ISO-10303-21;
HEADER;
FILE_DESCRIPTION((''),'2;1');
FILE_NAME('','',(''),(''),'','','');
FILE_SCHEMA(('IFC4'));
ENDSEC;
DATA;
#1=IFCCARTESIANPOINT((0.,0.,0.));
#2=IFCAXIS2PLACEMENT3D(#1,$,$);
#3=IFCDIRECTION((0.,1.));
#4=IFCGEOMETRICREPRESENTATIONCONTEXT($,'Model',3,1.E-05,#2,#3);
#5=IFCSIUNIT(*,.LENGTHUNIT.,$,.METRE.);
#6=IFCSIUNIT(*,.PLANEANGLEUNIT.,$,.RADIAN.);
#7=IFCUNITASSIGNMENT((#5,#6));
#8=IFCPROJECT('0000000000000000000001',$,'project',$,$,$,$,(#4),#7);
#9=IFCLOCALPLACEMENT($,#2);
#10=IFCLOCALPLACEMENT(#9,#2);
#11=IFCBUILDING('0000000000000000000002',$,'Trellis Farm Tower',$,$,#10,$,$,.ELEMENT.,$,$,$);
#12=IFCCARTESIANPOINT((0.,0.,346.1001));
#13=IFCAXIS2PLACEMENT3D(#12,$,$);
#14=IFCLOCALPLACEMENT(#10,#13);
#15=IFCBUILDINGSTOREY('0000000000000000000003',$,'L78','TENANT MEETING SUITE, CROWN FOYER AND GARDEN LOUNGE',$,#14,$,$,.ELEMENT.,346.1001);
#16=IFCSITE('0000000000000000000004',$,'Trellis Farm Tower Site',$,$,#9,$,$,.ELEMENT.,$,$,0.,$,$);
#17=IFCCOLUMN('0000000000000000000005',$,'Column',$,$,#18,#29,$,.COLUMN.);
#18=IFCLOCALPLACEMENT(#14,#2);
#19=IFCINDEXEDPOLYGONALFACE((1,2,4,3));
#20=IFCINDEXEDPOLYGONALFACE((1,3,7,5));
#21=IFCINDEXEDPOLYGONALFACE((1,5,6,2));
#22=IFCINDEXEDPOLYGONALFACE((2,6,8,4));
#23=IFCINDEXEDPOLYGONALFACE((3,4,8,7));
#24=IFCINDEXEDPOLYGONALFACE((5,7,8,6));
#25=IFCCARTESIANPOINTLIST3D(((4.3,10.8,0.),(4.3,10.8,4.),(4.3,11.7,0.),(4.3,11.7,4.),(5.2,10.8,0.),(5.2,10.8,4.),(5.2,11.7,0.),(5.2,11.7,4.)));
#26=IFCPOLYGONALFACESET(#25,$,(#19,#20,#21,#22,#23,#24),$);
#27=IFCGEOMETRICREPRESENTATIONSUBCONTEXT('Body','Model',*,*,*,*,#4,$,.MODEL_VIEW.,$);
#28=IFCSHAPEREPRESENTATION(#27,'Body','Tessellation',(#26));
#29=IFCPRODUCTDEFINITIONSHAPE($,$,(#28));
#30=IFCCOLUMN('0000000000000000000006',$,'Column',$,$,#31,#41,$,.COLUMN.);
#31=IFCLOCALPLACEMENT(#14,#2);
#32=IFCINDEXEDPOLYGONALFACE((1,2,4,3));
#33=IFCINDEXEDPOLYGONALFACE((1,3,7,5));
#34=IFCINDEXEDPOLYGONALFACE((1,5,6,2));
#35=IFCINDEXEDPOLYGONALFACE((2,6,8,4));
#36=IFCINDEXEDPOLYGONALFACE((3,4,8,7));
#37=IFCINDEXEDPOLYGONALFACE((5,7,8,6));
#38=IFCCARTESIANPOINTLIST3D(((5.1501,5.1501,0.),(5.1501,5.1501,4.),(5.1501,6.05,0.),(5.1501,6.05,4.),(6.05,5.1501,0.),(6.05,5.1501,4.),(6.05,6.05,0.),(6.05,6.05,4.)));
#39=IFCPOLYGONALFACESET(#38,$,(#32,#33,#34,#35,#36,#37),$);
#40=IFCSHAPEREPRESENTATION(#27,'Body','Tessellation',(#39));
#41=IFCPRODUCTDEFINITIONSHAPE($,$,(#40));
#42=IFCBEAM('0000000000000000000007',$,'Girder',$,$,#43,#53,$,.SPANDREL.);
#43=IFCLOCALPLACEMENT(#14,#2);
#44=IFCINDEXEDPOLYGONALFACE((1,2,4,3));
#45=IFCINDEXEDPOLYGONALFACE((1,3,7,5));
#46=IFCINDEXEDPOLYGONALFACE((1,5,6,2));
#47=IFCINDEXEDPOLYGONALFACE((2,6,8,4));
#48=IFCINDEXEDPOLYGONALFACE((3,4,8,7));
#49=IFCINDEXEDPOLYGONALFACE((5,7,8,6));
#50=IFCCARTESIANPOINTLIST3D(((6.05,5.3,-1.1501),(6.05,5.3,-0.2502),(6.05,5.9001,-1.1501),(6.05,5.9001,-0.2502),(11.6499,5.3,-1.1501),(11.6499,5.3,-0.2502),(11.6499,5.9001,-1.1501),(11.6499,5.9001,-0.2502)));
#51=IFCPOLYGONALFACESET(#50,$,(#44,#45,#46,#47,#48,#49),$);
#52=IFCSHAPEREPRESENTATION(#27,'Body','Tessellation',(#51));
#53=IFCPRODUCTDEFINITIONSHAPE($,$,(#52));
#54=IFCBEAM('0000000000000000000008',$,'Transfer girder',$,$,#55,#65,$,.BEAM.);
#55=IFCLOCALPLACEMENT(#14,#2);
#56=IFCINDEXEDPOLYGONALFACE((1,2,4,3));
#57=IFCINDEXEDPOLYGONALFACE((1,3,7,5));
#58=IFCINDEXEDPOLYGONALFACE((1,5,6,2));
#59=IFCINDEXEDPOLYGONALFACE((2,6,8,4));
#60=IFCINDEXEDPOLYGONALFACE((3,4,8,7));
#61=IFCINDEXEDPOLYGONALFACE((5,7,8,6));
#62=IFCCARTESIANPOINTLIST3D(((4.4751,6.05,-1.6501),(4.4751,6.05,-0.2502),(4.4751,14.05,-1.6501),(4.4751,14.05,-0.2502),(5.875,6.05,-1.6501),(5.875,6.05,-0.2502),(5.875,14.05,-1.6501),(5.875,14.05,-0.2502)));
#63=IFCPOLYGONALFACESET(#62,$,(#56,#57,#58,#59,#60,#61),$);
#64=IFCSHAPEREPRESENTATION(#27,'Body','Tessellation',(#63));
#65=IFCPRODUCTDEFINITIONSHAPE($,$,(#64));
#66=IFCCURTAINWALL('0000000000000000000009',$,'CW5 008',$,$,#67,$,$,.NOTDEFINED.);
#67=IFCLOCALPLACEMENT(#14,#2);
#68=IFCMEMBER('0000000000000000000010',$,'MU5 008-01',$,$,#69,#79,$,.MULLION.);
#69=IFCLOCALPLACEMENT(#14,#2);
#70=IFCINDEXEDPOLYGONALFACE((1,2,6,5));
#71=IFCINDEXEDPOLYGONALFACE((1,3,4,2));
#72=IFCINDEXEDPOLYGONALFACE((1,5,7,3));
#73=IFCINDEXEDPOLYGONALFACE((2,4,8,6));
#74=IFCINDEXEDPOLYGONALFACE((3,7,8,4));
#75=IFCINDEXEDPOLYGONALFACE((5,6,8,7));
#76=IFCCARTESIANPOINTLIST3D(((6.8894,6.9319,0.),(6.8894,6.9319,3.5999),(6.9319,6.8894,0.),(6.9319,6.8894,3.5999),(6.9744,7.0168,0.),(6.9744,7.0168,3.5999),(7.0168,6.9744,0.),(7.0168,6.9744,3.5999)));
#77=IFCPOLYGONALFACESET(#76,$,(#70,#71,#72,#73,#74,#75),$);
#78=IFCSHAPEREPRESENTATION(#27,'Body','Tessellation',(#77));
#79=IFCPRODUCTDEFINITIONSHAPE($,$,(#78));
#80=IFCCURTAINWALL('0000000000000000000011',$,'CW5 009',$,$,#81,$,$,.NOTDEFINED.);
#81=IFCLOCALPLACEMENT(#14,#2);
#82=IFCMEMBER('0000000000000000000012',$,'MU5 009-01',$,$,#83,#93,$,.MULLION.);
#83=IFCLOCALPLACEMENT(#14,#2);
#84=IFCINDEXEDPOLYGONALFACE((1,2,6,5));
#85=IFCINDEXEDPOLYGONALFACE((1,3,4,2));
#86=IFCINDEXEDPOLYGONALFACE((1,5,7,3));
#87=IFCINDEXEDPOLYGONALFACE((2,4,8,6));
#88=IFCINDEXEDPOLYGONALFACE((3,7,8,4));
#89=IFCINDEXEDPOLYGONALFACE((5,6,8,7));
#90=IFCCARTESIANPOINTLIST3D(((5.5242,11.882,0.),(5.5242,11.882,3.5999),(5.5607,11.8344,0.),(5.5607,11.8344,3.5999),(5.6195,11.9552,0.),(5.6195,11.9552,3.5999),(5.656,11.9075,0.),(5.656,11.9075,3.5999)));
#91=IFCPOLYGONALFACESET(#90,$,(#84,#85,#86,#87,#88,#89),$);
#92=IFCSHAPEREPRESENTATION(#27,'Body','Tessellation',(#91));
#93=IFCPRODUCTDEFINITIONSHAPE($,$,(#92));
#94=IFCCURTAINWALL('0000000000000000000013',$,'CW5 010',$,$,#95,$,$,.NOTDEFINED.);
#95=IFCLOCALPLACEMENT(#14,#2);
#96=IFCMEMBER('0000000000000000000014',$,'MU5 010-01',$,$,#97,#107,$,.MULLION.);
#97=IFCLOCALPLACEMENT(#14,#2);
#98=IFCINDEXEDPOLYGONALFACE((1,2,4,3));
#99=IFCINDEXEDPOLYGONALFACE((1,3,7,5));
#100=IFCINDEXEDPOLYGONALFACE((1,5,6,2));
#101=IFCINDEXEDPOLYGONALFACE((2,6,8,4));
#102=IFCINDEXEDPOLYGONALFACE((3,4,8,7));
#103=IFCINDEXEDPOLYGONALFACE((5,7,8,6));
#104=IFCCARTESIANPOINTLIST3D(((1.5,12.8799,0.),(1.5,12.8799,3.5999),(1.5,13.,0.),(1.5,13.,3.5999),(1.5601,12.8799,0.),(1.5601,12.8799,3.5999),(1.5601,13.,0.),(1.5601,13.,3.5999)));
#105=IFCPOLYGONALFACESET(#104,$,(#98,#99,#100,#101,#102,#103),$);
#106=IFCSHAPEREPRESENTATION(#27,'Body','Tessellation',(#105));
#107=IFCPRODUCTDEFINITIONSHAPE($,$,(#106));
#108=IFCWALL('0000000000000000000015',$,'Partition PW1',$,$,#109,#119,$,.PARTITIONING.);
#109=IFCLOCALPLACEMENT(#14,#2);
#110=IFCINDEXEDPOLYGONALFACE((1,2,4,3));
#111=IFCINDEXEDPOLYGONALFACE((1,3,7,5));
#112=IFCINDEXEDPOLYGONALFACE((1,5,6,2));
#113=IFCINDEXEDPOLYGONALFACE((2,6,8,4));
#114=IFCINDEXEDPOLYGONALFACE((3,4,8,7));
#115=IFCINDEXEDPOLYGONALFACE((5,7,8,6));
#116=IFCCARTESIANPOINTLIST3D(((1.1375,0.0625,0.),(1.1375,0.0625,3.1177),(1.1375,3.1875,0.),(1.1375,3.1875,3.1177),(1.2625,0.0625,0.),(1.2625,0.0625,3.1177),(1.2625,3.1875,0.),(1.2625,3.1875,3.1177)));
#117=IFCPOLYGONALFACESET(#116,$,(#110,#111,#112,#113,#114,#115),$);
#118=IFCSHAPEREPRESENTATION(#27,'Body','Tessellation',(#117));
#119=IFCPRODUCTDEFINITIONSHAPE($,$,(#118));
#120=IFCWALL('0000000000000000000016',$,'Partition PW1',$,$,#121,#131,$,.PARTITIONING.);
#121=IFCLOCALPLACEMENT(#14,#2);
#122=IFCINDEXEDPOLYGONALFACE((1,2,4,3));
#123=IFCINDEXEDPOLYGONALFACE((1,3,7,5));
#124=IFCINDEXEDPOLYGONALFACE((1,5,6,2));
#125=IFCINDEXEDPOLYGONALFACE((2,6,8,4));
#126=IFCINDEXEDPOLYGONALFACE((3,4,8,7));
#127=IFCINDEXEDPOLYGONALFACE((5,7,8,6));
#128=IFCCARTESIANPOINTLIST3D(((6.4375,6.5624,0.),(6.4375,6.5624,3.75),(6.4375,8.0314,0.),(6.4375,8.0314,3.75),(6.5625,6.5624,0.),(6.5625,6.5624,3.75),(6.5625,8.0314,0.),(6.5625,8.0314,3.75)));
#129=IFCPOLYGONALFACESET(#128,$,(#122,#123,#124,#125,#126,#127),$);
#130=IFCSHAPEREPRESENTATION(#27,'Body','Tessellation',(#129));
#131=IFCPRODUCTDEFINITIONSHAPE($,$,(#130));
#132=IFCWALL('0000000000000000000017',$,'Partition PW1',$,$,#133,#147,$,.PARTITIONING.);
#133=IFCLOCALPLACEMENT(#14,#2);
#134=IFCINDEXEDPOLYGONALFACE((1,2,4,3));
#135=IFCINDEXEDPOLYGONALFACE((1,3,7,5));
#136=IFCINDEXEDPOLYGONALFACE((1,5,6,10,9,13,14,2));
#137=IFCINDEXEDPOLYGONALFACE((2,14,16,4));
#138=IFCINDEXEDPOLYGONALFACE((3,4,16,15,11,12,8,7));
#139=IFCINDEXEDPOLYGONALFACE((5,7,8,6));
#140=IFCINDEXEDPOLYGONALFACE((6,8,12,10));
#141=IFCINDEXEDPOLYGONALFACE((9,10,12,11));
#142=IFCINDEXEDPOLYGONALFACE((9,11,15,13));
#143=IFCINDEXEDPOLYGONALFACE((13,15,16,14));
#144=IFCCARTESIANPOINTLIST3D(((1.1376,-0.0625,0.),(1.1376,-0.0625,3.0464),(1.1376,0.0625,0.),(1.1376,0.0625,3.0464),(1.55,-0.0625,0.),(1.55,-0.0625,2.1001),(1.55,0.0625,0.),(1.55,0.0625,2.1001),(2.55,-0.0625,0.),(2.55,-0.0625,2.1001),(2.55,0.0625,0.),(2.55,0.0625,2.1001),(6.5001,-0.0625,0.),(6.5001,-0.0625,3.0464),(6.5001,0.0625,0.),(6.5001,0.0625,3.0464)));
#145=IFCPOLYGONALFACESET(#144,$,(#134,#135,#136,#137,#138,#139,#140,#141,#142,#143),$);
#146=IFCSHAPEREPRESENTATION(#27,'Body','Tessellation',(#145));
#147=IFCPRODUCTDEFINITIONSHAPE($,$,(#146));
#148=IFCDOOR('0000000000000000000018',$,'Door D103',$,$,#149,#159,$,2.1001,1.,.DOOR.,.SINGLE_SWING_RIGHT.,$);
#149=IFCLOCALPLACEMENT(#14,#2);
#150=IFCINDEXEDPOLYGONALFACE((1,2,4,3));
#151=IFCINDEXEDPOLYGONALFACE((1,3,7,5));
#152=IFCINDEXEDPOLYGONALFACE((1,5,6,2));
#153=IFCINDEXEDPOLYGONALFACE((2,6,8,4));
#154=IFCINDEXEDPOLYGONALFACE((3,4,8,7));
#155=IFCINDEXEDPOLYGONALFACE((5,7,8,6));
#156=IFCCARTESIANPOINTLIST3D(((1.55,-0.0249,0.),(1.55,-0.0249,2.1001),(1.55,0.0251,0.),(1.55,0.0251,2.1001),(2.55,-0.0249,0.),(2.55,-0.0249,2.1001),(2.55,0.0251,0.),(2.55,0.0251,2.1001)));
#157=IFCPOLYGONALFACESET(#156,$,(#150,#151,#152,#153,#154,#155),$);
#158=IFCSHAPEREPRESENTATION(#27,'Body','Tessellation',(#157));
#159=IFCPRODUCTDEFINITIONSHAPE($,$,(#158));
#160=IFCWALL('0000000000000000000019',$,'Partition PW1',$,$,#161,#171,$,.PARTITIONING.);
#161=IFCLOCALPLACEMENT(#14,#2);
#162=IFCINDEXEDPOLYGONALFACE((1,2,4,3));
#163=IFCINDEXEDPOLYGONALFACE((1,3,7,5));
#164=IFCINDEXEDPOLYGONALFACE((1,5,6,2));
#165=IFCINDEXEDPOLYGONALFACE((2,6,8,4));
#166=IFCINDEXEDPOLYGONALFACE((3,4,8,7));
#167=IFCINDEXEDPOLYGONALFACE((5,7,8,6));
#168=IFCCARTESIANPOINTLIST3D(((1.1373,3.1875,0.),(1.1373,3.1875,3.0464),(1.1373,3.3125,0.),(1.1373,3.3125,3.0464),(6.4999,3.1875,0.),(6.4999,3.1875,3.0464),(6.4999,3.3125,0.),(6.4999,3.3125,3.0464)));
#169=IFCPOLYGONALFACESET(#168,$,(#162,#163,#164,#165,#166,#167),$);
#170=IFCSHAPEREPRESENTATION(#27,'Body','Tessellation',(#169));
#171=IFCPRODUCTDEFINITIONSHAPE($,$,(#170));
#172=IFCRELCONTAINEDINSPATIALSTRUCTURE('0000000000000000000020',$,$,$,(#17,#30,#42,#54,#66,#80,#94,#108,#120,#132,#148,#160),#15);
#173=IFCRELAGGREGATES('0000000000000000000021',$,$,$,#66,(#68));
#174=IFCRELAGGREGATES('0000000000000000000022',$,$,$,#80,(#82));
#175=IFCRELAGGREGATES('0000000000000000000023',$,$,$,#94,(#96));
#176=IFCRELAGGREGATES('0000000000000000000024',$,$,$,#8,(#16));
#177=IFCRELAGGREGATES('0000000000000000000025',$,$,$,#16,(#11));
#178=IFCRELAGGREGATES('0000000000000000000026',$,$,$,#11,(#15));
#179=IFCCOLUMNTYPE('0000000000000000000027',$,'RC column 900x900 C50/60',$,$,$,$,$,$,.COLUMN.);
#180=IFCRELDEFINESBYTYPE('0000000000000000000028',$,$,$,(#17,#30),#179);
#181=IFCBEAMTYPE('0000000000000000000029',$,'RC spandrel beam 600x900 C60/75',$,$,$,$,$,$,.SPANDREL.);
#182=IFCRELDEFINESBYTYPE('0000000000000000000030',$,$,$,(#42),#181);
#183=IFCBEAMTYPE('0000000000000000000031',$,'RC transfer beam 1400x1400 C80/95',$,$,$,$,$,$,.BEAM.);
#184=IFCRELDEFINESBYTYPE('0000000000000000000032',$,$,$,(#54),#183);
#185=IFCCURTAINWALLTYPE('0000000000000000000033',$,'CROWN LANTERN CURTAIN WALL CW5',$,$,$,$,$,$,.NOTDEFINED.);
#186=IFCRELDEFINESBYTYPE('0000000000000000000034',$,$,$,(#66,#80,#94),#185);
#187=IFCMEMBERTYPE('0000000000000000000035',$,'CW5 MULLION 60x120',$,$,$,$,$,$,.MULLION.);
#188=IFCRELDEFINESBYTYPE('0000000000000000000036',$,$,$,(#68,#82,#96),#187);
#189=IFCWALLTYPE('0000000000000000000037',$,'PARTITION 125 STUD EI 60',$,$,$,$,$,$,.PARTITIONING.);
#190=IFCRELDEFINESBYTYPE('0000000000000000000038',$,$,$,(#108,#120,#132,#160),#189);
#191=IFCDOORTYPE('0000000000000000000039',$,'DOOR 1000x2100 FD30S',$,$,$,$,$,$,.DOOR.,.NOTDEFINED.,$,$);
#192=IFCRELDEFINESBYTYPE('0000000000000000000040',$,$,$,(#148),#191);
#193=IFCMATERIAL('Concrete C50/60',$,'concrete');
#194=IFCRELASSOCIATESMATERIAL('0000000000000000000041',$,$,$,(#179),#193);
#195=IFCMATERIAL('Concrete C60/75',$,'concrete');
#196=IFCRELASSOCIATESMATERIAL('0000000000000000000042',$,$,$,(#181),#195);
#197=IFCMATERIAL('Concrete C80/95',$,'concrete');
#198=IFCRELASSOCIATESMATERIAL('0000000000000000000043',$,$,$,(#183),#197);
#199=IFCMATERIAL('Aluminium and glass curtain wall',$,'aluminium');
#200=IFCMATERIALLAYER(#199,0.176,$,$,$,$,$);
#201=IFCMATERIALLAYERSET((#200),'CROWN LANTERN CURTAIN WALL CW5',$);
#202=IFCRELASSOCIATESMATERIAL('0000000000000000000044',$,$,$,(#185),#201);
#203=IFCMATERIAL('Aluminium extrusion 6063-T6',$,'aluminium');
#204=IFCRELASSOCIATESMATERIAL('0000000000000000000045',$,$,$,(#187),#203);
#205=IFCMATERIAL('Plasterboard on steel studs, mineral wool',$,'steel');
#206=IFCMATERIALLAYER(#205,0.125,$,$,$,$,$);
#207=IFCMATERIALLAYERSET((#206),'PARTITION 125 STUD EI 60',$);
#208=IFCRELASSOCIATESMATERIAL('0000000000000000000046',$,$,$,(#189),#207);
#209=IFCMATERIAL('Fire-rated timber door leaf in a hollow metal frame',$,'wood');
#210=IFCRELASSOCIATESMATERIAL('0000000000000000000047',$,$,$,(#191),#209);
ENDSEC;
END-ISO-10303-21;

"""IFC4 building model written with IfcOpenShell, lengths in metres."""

from ifc_helpers import new_model, si_unit, direction, frame, frame_2d, origin, origin_2d, place, context, subcontext, project, spatial, rectangle, extrude, source, transform, mapped, material, layer, layer_set, material_profile, profile_set, type_object, element, fill, aggregate, save


model = new_model("IFC4")

# Units and contexts
model_context = context("Model", 3, precision=1e-05, world=origin(), true_north=direction((0.0, 1.0)))
body_context = subcontext(model_context, "Body", "Model", "MODEL_VIEW")
ifc_project = project(units=[si_unit("LENGTHUNIT", "METRE"), si_unit("PLANEANGLEUNIT", "RADIAN")], contexts=[model_context])

# Site, building, storey
site_placement = place(None, origin())
site = spatial("IfcSite", under=ifc_project, at=site_placement, Name="Trellis Farm Tower Site", CompositionType="ELEMENT", RefElevation=0.0)
building_placement = place(site_placement, origin())
building = spatial("IfcBuilding", under=site, at=building_placement, Name="Trellis Farm Tower", CompositionType="ELEMENT")
storey_placement = place(building_placement, frame((0.0, 0.0, 346.1001)))
storey = spatial("IfcBuildingStorey", under=building, at=storey_placement, Name="L78", Description="TENANT MEETING SUITE, CROWN FOYER AND GARDEN LOUNGE", CompositionType="ELEMENT", Elevation=346.1001)

# Columns
ifc_material_1 = material(Name="Concrete C50/60", Category="concrete")
ifc_material_profile_1 = material_profile(ifc_material_1, rectangle(XDim=0.8999, YDim=0.8999, at=origin_2d()), Name="RC column 900x900 C50/60")
ifc_profile_set_1 = profile_set([ifc_material_profile_1], Name="Concrete C50/60")
column_type = type_object("IfcColumnType", Name="RC column 900x900 C50/60", PredefinedType="COLUMN", material=ifc_profile_set_1)
shared_shape_1 = source(origin(), body_context, "Body", "SweptSolid", [
    extrude(rectangle(XDim=0.8999, YDim=0.8999, at=origin_2d()), origin(), (0.0, 0.0, 1.0), 4.0),
])
for number, where, z_axis, x_axis, name in (
    (1, (4.75, 11.25, 0.0), (0.0, 0.0, 1.0), (1.0, 0.0, 0.0), "Column"),
    (2, (5.6001, 5.6001, 0.0), (0.0, 0.0, 1.0), (1.0, 0.0, 0.0), "Column"),
):
    element("IfcColumn", number, at=place(storey_placement, frame(where, z_axis=z_axis, x_axis=x_axis)), inside=storey, type_object=column_type, Name=name, PredefinedType="COLUMN", context=body_context, shape_type="MappedRepresentation", body=[
        mapped(shared_shape_1, transform((0.0, 0.0, 0.0))),
    ])

# Beams
ifc_material_2 = material(Name="Concrete C60/75", Category="concrete")
ifc_material_profile_2 = material_profile(ifc_material_2, rectangle(XDim=0.6001, YDim=0.8999, at=origin_2d()), Name="RC spandrel beam 600x900 C60/75")
ifc_profile_set_2 = profile_set([ifc_material_profile_2], Name="Concrete C60/75")
beam_type_1 = type_object("IfcBeamType", Name="RC spandrel beam 600x900 C60/75", PredefinedType="SPANDREL", material=ifc_profile_set_2)
shared_shape_2 = source(origin(), body_context, "Body", "SweptSolid", [
    extrude(rectangle(XDim=0.6001, YDim=0.8999, at=origin_2d()), origin(), (0.0, 0.0, 1.0), 5.5999),
])
beam_1_placement = place(storey_placement, frame((6.05, 5.6001, -0.7002), z_axis=(1.0, 0.0, 0.0), x_axis=(0.0, 1.0, 0.0)))
element("IfcBeam", 3, at=beam_1_placement, inside=storey, type_object=beam_type_1, Name="Girder", PredefinedType="SPANDREL", context=body_context, shape_type="MappedRepresentation", body=[
    mapped(shared_shape_2, transform((0.0, 0.0, 0.0))),
])
ifc_material_3 = material(Name="Concrete C80/95", Category="concrete")
ifc_material_profile_3 = material_profile(ifc_material_3, rectangle(XDim=1.3999, YDim=1.3999, at=origin_2d()), Name="RC transfer beam 1400x1400 C80/95")
ifc_profile_set_3 = profile_set([ifc_material_profile_3], Name="Concrete C80/95")
beam_type_2 = type_object("IfcBeamType", Name="RC transfer beam 1400x1400 C80/95", PredefinedType="BEAM", material=ifc_profile_set_3)
shared_shape_3 = source(origin(), body_context, "Body", "SweptSolid", [
    extrude(rectangle(XDim=1.3999, YDim=1.3999, at=origin_2d()), origin(), (0.0, 0.0, 1.0), 8.0),
])
beam_2_placement = place(storey_placement, frame((5.175, 6.05, -0.9502), z_axis=(0.0, 1.0, 0.0), x_axis=(-1.0, 0.0, 0.0)))
element("IfcBeam", 4, at=beam_2_placement, inside=storey, type_object=beam_type_2, Name="Transfer girder", PredefinedType="BEAM", context=body_context, shape_type="MappedRepresentation", body=[
    mapped(shared_shape_3, transform((0.0, 0.0, 0.0))),
])

# Curtain walls, members
ifc_material_4 = material(Name="Aluminium and glass curtain wall", Category="aluminium")
ifc_layer_1 = layer(ifc_material_4, 0.176)
ifc_layer_set_1 = layer_set([ifc_layer_1], Name="CROWN LANTERN CURTAIN WALL CW5")
curtain_wall_type = type_object("IfcCurtainWallType", Name="CROWN LANTERN CURTAIN WALL CW5", PredefinedType="NOTDEFINED", material=ifc_layer_set_1)
placement = place(storey_placement, origin())
curtain_wall_1 = element("IfcCurtainWall", 5, at=placement, inside=storey, type_object=curtain_wall_type, Name="CW5 008", PredefinedType="NOTDEFINED")
ifc_material_5 = material(Name="Aluminium extrusion 6063-T6", Category="aluminium")
ifc_material_profile_4 = material_profile(ifc_material_5, rectangle(XDim=0.0601, YDim=0.1201, at=origin_2d()), Name="MULLION 60x120")
ifc_profile_set_4 = profile_set([ifc_material_profile_4], Name="Aluminium extrusion 6063-T6")
member_type = type_object("IfcMemberType", Name="CW5 MULLION 60x120", PredefinedType="MULLION", material=ifc_profile_set_4)
shared_shape_4 = source(origin(), body_context, "Body", "SweptSolid", [
    extrude(rectangle(XDim=0.0601, YDim=0.1201, at=origin_2d()), origin(), (0.0, 0.0, 1.0), 3.5999),
])
member_1_placement = place(storey_placement, frame((6.9531, 6.9531, 0.0), z_axis=(0.0, 0.0, 1.0), x_axis=(-0.707107, 0.707107, 0.0)))
member_1 = element("IfcMember", 6, at=member_1_placement, type_object=member_type, Name="MU5 008-01", PredefinedType="MULLION", context=body_context, shape_type="MappedRepresentation", body=[
    mapped(shared_shape_4, transform((0.0, 0.0, 0.0))),
])
aggregate(curtain_wall_1, [member_1])
curtain_wall_2 = element("IfcCurtainWall", 7, at=placement, inside=storey, type_object=curtain_wall_type, Name="CW5 009", PredefinedType="NOTDEFINED")
member_2_placement = place(storey_placement, frame((5.5901, 11.8948, 0.0), z_axis=(0.0, 0.0, 1.0), x_axis=(-0.608761, 0.793353, 0.0)))
member_2 = element("IfcMember", 8, at=member_2_placement, type_object=member_type, Name="MU5 009-01", PredefinedType="MULLION", context=body_context, shape_type="MappedRepresentation", body=[
    mapped(shared_shape_4, transform((0.0, 0.0, 0.0))),
])
aggregate(curtain_wall_2, [member_2])
curtain_wall_3 = element("IfcCurtainWall", 9, at=placement, inside=storey, type_object=curtain_wall_type, Name="CW5 010", PredefinedType="NOTDEFINED")
member_3_placement = place(storey_placement, frame((1.53, 12.9399, 0.0), z_axis=(0.0, 0.0, 1.0), x_axis=(-1.0, 0.0, 0.0)))
member_3 = element("IfcMember", 10, at=member_3_placement, type_object=member_type, Name="MU5 010-01", PredefinedType="MULLION", context=body_context, shape_type="MappedRepresentation", body=[
    mapped(shared_shape_4, transform((0.0, 0.0, 0.0))),
])
aggregate(curtain_wall_3, [member_3])

# Walls
ifc_material_6 = material(Name="Plasterboard on steel studs, mineral wool", Category="steel")
ifc_layer_2 = layer(ifc_material_6, 0.125)
ifc_layer_set_2 = layer_set([ifc_layer_2], Name="PARTITION 125 STUD EI 60")
wall_type_1 = type_object("IfcWallType", Name="PARTITION 125 STUD EI 60", PredefinedType="PARTITIONING", material=ifc_layer_set_2)
shared_shape_5 = source(origin(), body_context, "Body", "SweptSolid", [
    extrude(rectangle(XDim=3.125, YDim=0.125, at=frame_2d((1.5625, 0.0))), origin(), (0.0, 0.0, 1.0), 3.1177),
])
wall_1_placement = place(storey_placement, frame((1.2, 3.1875, 0.0), z_axis=(0.0, 0.0, 1.0), x_axis=(0.0, -1.0, 0.0)))
element("IfcWall", 11, at=wall_1_placement, inside=storey, type_object=wall_type_1, Name="Partition PW1", PredefinedType="PARTITIONING", context=body_context, shape_type="MappedRepresentation", body=[
    mapped(shared_shape_5, transform((0.0, 0.0, 0.0))),
])
shared_shape_6 = source(origin(), body_context, "Body", "SweptSolid", [
    extrude(rectangle(XDim=1.469, YDim=0.125, at=frame_2d((0.7344, 0.0))), origin(), (0.0, 0.0, 1.0), 3.75),
])
wall_2_placement = place(storey_placement, frame((6.5, 6.5625, 0.0), z_axis=(0.0, 0.0, 1.0), x_axis=(0.0, 1.0, 0.0)))
element("IfcWall", 12, at=wall_2_placement, inside=storey, type_object=wall_type_1, Name="Partition PW1", PredefinedType="PARTITIONING", context=body_context, shape_type="MappedRepresentation", body=[
    mapped(shared_shape_6, transform((0.0, 0.0, 0.0))),
])

# Wall, opening, door
shared_shape_7 = source(origin(), body_context, "Body", "SweptSolid", [
    extrude(rectangle(XDim=5.3625, YDim=0.125, at=frame_2d((2.6812, 0.0))), origin(), (0.0, 0.0, 1.0), 3.0464),
])
wall_3_placement = place(storey_placement, frame((6.5, 0.0, 0.0), z_axis=(0.0, 0.0, 1.0), x_axis=(-1.0, 0.0, 0.0)))
wall_3 = element("IfcWall", 13, at=wall_3_placement, inside=storey, type_object=wall_type_1, Name="Partition PW1", PredefinedType="PARTITIONING", context=body_context, shape_type="MappedRepresentation", body=[
    mapped(shared_shape_7, transform((0.0, 0.0, 0.0))),
])
shared_shape_8 = source(origin(), body_context, "Body", "SweptSolid", [
    extrude(rectangle(XDim=1.0, YDim=2.1001, at=frame_2d((0.5, 1.05))), frame((0.0, 0.0725, 0.0), z_axis=(0.0, -1.0, 0.0), x_axis=(1.0, 0.0, 0.0)), (0.0, 0.0, 1.0), 0.145),
])
opening_1_placement = place(wall_3_placement, frame((3.95, 0.0, 0.0)))
opening_1 = element("IfcOpeningElement", 14, at=opening_1_placement, cuts=wall_3, PredefinedType="OPENING", context=body_context, shape_type="MappedRepresentation", body=[
    mapped(shared_shape_8, transform((0.0, 0.0, 0.0))),
])
ifc_material_7 = material(Name="Fire-rated timber door leaf in a hollow metal frame", Category="wood")
door_type_1 = type_object("IfcDoorType", Name="DOOR 1000x2100 FD30S", OperationType="NOTDEFINED", PredefinedType="DOOR", material=ifc_material_7)
shared_shape_9 = source(origin(), body_context, "Body", "SweptSolid", [
    extrude(rectangle(XDim=1.0, YDim=2.1001, at=frame_2d((0.5, 1.05))), frame((0.0, 0.0249, 0.0), z_axis=(0.0, -1.0, 0.0), x_axis=(1.0, 0.0, 0.0)), (0.0, 0.0, 1.0), 0.05),
])
door_1_placement = place(opening_1_placement, origin())
door_1 = element("IfcDoor", 15, at=door_1_placement, inside=storey, type_object=door_type_1, Name="Door D103", OperationType="SINGLE_SWING_RIGHT", OverallHeight=2.1001, OverallWidth=1.0, PredefinedType="DOOR", context=body_context, shape_type="MappedRepresentation", body=[
    mapped(shared_shape_9, transform((0.0, 0.0, 0.0))),
])
fill(opening_1, door_1)

# Wall
wall_4_placement = place(storey_placement, frame((1.1375, 3.25, 0.0), z_axis=(0.0, 0.0, 1.0), x_axis=(1.0, 0.0, 0.0)))
element("IfcWall", 16, at=wall_4_placement, inside=storey, type_object=wall_type_1, Name="Partition PW1", PredefinedType="PARTITIONING", context=body_context, shape_type="MappedRepresentation", body=[
    mapped(shared_shape_7, transform((0.0, 0.0, 0.0))),
])

save(model, "model.ifc")
